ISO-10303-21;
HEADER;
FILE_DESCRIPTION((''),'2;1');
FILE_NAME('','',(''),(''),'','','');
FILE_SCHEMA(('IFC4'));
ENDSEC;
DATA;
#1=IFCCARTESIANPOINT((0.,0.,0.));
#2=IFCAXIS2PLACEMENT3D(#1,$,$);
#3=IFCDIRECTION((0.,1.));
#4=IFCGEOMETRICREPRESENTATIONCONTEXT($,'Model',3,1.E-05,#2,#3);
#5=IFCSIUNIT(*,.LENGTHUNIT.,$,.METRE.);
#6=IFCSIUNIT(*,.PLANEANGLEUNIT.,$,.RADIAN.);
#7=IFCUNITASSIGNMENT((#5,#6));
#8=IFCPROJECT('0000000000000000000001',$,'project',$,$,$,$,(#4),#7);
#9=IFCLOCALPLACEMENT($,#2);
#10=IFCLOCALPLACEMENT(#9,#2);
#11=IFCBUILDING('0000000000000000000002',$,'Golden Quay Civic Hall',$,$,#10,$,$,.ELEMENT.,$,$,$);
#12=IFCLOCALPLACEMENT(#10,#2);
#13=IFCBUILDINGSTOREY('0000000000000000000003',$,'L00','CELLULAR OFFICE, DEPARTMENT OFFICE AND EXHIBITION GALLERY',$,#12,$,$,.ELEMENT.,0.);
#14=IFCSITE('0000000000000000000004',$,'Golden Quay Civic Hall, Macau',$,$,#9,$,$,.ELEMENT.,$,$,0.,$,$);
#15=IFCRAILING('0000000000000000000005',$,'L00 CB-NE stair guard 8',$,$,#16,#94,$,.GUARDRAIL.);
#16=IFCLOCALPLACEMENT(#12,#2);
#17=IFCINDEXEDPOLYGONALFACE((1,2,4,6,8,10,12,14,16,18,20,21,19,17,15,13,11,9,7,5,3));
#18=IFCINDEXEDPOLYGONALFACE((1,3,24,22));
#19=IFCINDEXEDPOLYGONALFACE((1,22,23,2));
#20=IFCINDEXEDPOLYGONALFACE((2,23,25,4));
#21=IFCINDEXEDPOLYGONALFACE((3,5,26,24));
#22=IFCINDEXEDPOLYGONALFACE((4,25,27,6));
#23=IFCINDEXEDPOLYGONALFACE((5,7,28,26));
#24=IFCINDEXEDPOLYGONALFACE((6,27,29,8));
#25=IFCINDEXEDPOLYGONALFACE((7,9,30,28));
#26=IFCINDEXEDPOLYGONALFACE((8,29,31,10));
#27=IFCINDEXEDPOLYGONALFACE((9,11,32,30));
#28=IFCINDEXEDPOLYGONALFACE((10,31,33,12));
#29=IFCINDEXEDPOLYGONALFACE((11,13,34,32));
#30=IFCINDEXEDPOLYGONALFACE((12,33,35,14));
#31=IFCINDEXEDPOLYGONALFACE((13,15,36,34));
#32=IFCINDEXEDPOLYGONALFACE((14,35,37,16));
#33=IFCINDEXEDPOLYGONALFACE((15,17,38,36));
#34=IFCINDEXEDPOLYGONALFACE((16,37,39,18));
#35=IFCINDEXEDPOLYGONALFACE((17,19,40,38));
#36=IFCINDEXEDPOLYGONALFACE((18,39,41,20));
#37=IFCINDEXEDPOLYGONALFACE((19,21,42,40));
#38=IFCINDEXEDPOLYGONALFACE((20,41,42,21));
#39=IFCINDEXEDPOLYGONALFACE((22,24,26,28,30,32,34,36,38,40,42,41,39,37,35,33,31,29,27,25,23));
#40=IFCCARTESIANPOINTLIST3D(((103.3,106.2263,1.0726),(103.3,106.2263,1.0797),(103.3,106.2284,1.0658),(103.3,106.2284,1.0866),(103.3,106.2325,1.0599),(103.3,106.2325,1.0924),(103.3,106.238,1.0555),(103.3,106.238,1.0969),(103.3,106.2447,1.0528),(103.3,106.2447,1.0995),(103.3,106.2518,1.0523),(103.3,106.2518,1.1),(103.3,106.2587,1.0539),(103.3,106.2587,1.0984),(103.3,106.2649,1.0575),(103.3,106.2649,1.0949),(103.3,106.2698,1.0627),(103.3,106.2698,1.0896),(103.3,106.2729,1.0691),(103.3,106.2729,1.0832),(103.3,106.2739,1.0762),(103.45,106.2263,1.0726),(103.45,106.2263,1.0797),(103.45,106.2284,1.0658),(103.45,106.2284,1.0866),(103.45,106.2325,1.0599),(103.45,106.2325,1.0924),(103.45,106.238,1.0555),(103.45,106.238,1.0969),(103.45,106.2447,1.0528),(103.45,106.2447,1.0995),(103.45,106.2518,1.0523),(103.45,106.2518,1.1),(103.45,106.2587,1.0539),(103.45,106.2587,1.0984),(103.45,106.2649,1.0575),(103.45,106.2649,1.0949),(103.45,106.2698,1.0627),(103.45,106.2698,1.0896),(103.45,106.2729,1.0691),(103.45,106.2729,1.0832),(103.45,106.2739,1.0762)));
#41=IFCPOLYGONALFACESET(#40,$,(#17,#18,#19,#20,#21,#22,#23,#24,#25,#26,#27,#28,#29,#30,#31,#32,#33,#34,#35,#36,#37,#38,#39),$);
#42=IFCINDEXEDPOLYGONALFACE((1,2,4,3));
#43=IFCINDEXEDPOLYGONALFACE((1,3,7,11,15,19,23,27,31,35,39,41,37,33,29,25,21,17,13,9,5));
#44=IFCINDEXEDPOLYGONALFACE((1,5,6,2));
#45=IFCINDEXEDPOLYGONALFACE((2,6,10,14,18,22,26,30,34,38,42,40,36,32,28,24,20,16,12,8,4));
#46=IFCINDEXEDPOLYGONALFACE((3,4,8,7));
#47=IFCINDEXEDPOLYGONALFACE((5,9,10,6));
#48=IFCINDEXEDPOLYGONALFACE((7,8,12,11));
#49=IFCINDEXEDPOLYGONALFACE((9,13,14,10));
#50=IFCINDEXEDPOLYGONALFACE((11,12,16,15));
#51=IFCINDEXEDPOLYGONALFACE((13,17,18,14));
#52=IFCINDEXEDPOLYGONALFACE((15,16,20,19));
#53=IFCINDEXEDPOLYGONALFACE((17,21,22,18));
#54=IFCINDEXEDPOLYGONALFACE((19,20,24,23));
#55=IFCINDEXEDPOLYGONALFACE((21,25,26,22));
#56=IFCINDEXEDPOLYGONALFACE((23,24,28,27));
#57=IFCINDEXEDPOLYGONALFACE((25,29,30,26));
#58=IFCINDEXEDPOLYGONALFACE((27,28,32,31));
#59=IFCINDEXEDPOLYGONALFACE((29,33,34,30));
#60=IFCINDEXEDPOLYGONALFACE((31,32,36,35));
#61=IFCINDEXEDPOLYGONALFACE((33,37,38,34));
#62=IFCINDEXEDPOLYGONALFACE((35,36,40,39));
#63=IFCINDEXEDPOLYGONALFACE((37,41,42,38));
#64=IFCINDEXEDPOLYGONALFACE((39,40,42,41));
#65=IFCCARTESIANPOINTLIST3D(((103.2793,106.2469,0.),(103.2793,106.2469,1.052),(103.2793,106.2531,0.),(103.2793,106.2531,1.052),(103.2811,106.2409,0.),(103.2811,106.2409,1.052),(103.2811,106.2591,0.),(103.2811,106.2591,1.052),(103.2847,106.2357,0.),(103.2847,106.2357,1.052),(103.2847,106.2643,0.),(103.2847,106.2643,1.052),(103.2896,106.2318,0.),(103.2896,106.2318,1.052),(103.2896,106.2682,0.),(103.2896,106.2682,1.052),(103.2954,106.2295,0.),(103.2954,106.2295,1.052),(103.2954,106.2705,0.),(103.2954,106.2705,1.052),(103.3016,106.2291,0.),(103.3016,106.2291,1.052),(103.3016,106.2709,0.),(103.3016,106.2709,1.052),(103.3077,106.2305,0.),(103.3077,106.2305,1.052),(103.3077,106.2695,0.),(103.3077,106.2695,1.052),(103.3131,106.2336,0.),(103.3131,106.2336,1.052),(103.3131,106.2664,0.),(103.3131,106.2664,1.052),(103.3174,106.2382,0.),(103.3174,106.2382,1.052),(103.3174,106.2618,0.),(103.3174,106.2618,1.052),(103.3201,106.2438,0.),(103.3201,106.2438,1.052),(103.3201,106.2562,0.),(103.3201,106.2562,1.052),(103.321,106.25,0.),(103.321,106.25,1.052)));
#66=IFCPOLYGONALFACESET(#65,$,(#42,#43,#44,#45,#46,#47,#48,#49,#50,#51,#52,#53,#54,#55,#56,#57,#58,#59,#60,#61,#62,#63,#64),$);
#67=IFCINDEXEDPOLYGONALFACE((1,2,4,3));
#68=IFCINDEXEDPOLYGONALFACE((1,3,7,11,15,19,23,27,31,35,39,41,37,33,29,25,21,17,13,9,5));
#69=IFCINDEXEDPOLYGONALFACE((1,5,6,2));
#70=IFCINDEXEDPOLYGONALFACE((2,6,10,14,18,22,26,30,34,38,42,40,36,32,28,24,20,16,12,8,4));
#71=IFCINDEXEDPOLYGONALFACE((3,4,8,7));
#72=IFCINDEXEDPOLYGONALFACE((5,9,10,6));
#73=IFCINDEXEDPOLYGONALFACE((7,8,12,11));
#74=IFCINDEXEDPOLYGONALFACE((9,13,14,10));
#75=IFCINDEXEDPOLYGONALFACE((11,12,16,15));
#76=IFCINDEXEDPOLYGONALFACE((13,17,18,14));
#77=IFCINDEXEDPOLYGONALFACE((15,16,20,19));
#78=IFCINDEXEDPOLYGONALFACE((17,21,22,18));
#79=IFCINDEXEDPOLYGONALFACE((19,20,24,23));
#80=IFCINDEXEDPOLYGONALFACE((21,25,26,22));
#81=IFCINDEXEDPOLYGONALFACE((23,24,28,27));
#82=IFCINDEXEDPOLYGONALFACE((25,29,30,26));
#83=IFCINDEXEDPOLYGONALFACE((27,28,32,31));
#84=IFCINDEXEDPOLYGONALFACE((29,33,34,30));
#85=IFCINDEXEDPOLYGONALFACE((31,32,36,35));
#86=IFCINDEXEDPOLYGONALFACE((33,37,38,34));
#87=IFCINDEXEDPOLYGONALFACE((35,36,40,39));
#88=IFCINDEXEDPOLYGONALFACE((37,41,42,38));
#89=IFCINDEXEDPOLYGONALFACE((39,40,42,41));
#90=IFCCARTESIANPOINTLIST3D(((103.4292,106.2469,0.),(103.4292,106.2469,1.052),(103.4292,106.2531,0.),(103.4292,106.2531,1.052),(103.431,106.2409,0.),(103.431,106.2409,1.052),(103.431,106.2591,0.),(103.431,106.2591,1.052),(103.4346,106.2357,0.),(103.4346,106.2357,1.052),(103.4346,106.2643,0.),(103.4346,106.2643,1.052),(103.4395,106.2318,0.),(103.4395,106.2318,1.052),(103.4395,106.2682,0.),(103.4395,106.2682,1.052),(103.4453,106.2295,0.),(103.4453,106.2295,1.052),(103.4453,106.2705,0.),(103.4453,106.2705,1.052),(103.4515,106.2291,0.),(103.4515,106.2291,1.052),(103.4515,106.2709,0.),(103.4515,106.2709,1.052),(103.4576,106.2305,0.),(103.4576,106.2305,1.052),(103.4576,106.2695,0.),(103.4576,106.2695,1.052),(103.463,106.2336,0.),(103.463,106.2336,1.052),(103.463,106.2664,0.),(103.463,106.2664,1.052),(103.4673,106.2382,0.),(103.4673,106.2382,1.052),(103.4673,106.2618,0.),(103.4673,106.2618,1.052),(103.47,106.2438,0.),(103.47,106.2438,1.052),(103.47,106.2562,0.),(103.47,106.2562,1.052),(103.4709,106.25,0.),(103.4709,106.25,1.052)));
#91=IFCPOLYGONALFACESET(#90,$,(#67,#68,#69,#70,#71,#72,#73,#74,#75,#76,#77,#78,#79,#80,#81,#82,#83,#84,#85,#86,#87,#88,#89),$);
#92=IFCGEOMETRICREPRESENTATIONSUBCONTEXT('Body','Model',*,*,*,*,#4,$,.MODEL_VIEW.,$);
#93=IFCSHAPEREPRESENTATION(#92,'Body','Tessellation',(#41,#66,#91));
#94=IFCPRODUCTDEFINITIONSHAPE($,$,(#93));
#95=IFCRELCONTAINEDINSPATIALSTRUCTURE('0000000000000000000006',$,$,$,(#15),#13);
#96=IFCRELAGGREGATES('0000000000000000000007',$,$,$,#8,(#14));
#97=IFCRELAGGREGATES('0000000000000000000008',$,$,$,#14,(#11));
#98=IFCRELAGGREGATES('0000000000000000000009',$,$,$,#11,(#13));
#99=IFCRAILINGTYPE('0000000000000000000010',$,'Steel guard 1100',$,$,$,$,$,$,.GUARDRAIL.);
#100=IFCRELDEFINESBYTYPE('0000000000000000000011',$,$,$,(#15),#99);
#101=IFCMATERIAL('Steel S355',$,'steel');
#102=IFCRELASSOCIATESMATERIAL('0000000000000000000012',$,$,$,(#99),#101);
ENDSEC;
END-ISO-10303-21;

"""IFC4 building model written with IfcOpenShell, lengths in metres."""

from ifc_helpers import new_model, si_unit, direction, frame, origin, origin_2d, place, context, subcontext, project, spatial, circle, extrude, material, type_object, element, save


model = new_model("IFC4")

# Units and contexts
model_context = context("Model", 3, precision=1e-05, world=origin(), true_north=direction((0.0, 1.0)))
body_context = subcontext(model_context, "Body", "Model", "MODEL_VIEW")
ifc_project = project(units=[si_unit("LENGTHUNIT", "METRE"), si_unit("PLANEANGLEUNIT", "RADIAN")], contexts=[model_context])

# Site, building, storey
site_placement = place(None, origin())
site = spatial("IfcSite", under=ifc_project, at=site_placement, Name="Golden Quay Civic Hall, Macau", CompositionType="ELEMENT", RefElevation=0.0)
building_placement = place(site_placement, origin())
building = spatial("IfcBuilding", under=site, at=building_placement, Name="Golden Quay Civic Hall", CompositionType="ELEMENT")
storey_placement = place(building_placement, origin())
storey = spatial("IfcBuildingStorey", under=building, at=storey_placement, Name="L00", Description="CELLULAR OFFICE, DEPARTMENT OFFICE AND EXHIBITION GALLERY", CompositionType="ELEMENT", Elevation=0.0)

# Railing
ifc_material_1 = material(Name="Steel S355", Category="steel")
railing_type_1 = type_object("IfcRailingType", Name="Steel guard 1100", PredefinedType="GUARDRAIL", material=ifc_material_1)
railing_1_placement = place(storey_placement, frame((103.3, 106.25, 0.0)))
element("IfcRailing", 1, at=railing_1_placement, inside=storey, type_object=railing_type_1, Name="L00 CB-NE stair guard 8", PredefinedType="GUARDRAIL", context=body_context, shape_type="SweptSolid", body=[
    extrude(circle(Radius=0.0239, at=origin_2d()), frame((0.0, 0.0, 1.0762), z_axis=(1.0, 0.0, 0.0), x_axis=(0.0, 1.0, 0.0)), (0.0, 0.0, 1.0), 0.1499),
    extrude(circle(Radius=0.021, at=origin_2d()), origin(), (0.0, 0.0, 1.0), 1.052),
    extrude(circle(Radius=0.021, at=origin_2d()), frame((0.1499, 0.0, 0.0)), (0.0, 0.0, 1.0), 1.052),
])

save(model, "model.ifc")
